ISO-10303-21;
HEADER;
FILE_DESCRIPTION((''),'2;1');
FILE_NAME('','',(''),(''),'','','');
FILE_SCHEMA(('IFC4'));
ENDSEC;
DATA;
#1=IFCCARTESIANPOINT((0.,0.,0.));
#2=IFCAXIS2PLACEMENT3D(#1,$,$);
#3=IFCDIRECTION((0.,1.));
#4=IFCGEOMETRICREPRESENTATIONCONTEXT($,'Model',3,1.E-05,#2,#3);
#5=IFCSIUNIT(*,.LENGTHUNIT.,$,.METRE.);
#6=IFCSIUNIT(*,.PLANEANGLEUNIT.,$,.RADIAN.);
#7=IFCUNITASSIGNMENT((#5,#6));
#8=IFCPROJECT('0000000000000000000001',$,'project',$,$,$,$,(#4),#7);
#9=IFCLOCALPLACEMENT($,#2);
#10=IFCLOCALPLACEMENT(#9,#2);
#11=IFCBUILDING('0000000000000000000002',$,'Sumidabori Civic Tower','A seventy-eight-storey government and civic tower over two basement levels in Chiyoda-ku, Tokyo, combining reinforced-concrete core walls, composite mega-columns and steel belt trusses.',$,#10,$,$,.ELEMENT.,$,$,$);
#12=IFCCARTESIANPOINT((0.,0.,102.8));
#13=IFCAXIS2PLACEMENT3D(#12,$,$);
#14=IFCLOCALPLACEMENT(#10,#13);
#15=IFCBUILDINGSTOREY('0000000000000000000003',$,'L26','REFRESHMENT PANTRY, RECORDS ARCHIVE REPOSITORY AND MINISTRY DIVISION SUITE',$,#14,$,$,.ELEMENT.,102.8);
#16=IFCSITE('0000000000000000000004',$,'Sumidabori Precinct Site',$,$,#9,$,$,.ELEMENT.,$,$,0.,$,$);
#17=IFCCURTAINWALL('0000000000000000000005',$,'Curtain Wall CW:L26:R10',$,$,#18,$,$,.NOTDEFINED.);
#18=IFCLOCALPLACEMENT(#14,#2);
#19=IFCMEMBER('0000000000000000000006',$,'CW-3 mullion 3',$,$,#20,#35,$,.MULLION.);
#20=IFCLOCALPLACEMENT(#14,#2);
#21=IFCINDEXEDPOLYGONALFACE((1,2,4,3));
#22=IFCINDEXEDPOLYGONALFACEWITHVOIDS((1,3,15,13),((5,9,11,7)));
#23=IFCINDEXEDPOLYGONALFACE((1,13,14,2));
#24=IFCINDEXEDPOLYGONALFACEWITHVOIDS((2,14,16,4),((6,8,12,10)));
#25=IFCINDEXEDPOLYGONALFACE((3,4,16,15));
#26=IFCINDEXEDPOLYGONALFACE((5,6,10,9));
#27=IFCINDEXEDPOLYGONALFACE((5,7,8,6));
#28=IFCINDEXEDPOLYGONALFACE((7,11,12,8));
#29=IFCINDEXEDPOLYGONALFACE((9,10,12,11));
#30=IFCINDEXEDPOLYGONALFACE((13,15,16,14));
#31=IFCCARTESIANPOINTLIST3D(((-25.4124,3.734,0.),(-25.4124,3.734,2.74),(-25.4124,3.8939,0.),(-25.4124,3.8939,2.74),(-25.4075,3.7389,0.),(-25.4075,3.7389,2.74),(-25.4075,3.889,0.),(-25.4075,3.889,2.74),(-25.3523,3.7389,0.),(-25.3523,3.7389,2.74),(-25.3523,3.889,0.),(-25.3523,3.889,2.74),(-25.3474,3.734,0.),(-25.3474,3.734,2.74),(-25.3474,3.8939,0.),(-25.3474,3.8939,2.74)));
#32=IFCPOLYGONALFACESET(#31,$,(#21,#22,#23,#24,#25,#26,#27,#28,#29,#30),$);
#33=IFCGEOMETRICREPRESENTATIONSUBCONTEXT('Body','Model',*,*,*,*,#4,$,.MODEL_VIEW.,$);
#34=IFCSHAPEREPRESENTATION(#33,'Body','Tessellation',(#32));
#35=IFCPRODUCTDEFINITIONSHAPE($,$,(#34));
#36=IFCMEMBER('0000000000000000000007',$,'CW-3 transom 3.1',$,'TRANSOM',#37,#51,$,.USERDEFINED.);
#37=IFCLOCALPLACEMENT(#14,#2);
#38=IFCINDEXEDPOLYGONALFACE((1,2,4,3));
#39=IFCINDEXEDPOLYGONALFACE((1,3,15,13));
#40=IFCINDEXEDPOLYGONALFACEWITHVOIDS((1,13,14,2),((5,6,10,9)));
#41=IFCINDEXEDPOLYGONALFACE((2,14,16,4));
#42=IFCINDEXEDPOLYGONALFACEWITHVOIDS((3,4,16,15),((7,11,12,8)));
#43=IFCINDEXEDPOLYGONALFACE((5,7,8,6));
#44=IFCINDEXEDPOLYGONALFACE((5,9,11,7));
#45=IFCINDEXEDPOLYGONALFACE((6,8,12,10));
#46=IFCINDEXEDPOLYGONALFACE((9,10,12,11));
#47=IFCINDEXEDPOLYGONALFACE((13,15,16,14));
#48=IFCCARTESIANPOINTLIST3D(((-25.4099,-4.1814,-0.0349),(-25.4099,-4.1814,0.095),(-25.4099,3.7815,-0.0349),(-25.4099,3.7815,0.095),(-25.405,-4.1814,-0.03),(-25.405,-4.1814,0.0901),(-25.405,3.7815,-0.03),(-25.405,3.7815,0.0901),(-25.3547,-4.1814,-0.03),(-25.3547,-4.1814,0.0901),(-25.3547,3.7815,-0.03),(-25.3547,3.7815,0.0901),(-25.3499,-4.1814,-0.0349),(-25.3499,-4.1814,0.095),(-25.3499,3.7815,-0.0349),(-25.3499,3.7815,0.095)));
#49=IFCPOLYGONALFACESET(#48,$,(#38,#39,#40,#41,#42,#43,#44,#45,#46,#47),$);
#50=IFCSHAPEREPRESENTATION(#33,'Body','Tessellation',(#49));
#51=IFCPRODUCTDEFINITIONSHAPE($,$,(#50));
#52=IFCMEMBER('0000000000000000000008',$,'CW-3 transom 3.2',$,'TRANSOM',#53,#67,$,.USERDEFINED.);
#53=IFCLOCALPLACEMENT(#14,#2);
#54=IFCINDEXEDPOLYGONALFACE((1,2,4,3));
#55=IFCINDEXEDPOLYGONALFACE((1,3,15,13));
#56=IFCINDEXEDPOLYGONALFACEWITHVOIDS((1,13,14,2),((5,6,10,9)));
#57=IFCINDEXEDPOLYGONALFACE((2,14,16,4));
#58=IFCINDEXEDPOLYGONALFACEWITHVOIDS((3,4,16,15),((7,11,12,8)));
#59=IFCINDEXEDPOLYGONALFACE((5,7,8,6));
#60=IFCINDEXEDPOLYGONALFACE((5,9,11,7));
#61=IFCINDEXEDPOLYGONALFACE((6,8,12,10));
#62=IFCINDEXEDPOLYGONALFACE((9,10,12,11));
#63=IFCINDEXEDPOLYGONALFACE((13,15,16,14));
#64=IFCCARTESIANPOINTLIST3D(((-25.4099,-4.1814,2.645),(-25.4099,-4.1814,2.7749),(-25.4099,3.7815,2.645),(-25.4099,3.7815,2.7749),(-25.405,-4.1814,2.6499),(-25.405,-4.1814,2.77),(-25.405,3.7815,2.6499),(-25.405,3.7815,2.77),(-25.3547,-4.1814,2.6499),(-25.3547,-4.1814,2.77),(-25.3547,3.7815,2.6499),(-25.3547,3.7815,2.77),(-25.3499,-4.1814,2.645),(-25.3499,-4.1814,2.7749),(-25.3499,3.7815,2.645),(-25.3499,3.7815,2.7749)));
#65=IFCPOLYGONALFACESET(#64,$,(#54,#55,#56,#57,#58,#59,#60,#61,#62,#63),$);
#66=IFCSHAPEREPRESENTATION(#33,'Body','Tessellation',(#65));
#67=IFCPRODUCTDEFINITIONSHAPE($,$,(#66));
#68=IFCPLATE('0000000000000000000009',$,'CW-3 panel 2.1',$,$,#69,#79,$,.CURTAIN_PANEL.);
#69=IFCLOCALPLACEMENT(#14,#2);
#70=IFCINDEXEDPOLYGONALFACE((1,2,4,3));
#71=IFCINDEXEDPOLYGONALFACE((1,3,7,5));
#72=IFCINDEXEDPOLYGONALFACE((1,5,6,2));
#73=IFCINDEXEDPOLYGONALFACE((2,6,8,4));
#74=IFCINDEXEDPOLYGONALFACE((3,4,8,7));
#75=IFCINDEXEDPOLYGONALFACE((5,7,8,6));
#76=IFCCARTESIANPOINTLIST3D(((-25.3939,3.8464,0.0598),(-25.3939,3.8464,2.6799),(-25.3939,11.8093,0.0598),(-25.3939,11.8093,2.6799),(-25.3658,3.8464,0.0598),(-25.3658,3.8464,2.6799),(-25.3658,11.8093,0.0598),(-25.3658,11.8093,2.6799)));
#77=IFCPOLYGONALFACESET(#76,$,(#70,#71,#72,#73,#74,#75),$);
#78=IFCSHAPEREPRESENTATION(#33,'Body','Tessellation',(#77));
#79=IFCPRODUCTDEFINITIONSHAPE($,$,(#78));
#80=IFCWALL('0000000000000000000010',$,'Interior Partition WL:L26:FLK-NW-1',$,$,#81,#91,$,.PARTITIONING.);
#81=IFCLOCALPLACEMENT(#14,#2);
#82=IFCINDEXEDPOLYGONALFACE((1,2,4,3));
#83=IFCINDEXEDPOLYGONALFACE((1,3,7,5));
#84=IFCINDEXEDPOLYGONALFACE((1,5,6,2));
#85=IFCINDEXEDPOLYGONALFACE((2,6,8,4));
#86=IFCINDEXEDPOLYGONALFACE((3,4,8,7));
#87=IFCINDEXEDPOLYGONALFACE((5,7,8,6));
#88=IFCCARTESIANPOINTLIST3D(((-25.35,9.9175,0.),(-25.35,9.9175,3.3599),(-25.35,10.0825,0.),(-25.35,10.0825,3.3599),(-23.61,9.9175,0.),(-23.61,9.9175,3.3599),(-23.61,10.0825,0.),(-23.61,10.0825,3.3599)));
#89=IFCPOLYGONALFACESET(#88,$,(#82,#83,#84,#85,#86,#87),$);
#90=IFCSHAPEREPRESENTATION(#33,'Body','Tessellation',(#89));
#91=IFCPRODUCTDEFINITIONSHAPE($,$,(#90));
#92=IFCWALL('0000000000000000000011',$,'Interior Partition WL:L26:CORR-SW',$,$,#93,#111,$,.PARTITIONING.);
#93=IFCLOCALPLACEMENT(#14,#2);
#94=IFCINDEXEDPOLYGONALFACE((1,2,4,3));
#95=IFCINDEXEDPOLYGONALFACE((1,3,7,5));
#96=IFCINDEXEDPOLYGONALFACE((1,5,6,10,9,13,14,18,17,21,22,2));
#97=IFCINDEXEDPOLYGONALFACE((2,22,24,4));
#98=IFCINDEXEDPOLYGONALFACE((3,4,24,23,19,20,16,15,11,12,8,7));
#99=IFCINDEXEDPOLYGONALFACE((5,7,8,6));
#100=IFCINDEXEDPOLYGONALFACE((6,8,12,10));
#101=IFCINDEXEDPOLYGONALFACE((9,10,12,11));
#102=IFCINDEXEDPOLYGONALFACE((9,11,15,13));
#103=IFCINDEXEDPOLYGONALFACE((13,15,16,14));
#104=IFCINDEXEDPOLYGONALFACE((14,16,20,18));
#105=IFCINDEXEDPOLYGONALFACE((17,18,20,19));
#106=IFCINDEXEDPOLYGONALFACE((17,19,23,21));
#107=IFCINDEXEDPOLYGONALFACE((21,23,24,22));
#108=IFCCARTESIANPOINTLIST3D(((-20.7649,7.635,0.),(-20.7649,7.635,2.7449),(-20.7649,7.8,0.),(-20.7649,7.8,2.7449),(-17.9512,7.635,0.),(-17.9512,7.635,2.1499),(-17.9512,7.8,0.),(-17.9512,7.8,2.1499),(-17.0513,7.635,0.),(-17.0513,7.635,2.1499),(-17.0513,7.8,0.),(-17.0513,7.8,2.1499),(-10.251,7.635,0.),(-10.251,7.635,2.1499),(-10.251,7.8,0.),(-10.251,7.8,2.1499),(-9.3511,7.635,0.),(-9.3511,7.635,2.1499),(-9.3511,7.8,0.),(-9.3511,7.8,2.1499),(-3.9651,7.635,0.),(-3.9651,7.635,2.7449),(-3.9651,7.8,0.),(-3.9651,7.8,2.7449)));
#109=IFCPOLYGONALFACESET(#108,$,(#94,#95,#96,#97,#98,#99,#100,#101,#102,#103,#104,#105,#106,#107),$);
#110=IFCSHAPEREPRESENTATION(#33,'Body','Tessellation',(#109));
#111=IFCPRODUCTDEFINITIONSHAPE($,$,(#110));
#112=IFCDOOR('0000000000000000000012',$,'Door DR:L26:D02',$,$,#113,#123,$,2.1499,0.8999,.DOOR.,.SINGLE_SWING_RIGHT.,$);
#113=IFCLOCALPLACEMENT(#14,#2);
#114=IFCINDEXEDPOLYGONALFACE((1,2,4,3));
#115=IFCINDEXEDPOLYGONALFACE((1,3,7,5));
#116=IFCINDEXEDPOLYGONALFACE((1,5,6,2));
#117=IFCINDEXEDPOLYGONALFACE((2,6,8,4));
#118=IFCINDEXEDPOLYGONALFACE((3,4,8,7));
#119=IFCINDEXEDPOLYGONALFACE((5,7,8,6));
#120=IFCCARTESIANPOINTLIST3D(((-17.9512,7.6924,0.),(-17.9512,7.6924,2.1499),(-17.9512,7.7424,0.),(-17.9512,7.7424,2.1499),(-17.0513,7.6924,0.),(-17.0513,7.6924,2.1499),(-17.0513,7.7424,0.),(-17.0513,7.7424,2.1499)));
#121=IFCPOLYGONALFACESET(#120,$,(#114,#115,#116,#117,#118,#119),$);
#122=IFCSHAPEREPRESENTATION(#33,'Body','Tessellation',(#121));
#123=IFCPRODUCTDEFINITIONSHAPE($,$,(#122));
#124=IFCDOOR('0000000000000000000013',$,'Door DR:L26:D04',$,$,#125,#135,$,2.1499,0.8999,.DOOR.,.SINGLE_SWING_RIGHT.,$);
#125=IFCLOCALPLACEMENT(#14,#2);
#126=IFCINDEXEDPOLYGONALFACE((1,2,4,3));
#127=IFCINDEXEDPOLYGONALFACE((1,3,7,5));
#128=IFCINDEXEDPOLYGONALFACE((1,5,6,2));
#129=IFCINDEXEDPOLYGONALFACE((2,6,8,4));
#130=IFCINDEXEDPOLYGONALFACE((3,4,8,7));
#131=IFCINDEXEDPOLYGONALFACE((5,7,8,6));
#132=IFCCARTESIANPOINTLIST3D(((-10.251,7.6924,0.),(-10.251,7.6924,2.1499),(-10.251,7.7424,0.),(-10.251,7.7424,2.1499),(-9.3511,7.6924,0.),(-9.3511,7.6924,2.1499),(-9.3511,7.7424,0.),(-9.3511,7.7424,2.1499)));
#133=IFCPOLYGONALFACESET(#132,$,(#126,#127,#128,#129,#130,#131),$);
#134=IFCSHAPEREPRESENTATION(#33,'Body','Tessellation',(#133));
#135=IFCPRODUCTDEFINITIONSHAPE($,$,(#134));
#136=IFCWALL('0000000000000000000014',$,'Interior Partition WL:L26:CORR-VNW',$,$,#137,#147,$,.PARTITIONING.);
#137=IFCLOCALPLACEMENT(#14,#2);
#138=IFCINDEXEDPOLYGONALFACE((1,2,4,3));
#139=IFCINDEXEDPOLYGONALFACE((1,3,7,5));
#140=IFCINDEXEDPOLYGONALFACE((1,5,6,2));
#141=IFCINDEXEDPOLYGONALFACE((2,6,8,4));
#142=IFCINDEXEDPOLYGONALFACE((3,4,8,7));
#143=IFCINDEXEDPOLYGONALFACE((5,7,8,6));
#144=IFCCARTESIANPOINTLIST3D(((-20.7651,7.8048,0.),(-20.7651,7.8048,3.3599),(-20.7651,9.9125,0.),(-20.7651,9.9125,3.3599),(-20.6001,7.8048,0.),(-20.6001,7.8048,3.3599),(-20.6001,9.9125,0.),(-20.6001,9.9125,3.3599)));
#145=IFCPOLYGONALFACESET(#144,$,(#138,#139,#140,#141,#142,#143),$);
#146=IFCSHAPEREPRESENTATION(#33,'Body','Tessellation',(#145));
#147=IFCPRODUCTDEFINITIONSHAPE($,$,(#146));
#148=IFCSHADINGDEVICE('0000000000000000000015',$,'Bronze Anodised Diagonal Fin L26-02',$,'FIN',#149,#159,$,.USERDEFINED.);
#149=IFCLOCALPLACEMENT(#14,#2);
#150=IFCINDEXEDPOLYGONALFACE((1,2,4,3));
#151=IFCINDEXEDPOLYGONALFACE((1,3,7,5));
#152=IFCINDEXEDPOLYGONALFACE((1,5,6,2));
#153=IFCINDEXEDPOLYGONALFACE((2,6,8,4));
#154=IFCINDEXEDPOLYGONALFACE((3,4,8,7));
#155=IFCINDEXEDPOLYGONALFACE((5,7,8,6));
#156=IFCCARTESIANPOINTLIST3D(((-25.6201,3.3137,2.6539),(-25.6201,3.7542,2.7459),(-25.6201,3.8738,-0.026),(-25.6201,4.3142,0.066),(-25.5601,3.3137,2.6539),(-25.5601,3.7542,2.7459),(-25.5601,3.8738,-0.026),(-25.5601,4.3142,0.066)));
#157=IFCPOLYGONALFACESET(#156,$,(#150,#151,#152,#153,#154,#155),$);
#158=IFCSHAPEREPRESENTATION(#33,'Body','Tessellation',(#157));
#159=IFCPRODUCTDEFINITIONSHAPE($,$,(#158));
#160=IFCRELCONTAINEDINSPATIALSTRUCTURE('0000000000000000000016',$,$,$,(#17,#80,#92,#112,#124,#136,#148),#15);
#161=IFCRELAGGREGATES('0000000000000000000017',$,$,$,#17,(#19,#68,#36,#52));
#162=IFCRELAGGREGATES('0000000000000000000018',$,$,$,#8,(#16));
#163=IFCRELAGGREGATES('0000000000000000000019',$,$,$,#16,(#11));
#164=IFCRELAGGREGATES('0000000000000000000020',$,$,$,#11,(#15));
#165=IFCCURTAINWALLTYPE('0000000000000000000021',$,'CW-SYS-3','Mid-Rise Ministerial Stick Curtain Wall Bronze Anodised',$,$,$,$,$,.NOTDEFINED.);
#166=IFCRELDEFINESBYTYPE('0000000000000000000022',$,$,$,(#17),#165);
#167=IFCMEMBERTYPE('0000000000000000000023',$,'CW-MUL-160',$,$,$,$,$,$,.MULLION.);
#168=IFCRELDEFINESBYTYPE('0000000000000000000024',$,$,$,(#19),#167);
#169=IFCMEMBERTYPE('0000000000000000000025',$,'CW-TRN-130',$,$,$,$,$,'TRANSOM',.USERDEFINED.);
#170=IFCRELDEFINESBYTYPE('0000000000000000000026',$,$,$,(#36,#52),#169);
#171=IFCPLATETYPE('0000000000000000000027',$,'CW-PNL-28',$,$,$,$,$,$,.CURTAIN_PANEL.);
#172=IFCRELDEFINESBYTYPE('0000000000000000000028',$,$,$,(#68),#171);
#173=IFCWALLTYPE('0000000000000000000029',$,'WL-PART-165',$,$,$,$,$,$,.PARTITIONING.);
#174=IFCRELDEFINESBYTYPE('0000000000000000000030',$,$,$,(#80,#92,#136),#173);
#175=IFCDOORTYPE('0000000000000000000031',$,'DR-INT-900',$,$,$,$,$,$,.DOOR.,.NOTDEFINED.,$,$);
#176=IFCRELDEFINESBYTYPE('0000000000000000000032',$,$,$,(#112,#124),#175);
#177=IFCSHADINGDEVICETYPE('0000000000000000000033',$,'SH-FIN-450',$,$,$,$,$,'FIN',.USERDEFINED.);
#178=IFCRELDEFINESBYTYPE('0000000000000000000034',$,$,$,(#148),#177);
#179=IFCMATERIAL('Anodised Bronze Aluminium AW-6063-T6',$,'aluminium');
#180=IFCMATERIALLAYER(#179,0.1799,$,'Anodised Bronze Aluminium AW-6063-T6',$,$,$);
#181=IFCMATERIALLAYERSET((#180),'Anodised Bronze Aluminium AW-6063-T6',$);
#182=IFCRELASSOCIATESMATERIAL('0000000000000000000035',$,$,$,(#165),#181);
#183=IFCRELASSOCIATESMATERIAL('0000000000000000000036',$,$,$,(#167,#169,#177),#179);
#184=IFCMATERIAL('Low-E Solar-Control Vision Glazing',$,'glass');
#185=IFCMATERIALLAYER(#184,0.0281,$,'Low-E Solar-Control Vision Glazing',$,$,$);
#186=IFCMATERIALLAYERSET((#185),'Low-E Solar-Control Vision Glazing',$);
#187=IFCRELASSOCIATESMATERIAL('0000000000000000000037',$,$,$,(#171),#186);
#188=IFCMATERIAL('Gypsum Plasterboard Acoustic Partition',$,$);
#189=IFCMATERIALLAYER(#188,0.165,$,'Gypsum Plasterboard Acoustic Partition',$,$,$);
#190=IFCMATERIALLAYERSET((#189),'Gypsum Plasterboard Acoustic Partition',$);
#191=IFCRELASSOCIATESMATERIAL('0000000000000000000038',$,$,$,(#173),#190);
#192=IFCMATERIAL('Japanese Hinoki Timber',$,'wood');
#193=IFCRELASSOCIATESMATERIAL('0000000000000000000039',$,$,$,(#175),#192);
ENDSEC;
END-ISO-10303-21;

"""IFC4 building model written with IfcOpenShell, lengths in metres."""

from ifc_helpers import new_model, si_unit, direction, frame, frame_2d, origin, origin_2d, place, context, subcontext, project, spatial, rectangle, hollow_rectangle, extrude, source, transform, mapped, material, layer, layer_set, material_profile, profile_set, type_object, element, fill, aggregate, save


model = new_model("IFC4")

# Units and contexts
model_context = context("Model", 3, precision=1e-05, world=origin(), true_north=direction((0.0, 1.0)))
body_context = subcontext(model_context, "Body", "Model", "MODEL_VIEW")
ifc_project = project(units=[si_unit("LENGTHUNIT", "METRE"), si_unit("PLANEANGLEUNIT", "RADIAN")], contexts=[model_context])

# Site, building, storey
site_placement = place(None, origin())
site = spatial("IfcSite", under=ifc_project, at=site_placement, Name="Sumidabori Precinct Site", CompositionType="ELEMENT", RefElevation=0.0)
building_placement = place(site_placement, origin())
building = spatial("IfcBuilding", under=site, at=building_placement, Name="Sumidabori Civic Tower", Description="A seventy-eight-storey government and civic tower over two basement levels in Chiyoda-ku, Tokyo, combining reinforced-concrete core walls, composite mega-columns and steel belt trusses.", CompositionType="ELEMENT")
storey_placement = place(building_placement, frame((0.0, 0.0, 102.8)))
storey = spatial("IfcBuildingStorey", under=building, at=storey_placement, Name="L26", Description="REFRESHMENT PANTRY, RECORDS ARCHIVE REPOSITORY AND MINISTRY DIVISION SUITE", CompositionType="ELEMENT", Elevation=102.8)

# Curtain wall, members, plate
ifc_material_1 = material(Name="Anodised Bronze Aluminium AW-6063-T6", Category="aluminium")
ifc_layer_1 = layer(ifc_material_1, 0.1799, Name="Anodised Bronze Aluminium AW-6063-T6")
ifc_layer_set_1 = layer_set([ifc_layer_1], Name="Anodised Bronze Aluminium AW-6063-T6")
curtain_wall_type = type_object("IfcCurtainWallType", Name="CW-SYS-3", Description="Mid-Rise Ministerial Stick Curtain Wall Bronze Anodised", PredefinedType="NOTDEFINED", material=ifc_layer_set_1)
curtain_wall_placement = place(storey_placement, origin())
curtain_wall = element("IfcCurtainWall", 1, at=curtain_wall_placement, inside=storey, type_object=curtain_wall_type, Name="Curtain Wall CW:L26:R10", PredefinedType="NOTDEFINED")
ifc_material_profile_1 = material_profile(ifc_material_1, hollow_rectangle(XDim=0.0649, YDim=0.1599, WallThickness=0.0049, at=origin_2d()), Name="ALU MULLION 160x65")
ifc_profile_set_1 = profile_set([ifc_material_profile_1], Name="Anodised Bronze Aluminium AW-6063-T6")
member_type_1 = type_object("IfcMemberType", Name="CW-MUL-160", PredefinedType="MULLION", material=ifc_profile_set_1)
shared_shape_1 = source(origin(), body_context, "Body", "SweptSolid", [
    extrude(hollow_rectangle(XDim=0.0649, YDim=0.1599, WallThickness=0.0049, at=origin_2d()), origin(), (0.0, 0.0, 1.0), 2.74),
])
member_1_placement = place(storey_placement, frame((-25.3799, 3.814, 0.0), z_axis=(0.0, 0.0, 1.0), x_axis=(1.0, 0.0, 0.0)))
member_1 = element("IfcMember", 2, at=member_1_placement, type_object=member_type_1, Name="CW-3 mullion 3", PredefinedType="MULLION", context=body_context, shape_type="MappedRepresentation", body=[
    mapped(shared_shape_1, transform((0.0, 0.0, 0.0), x_axis=(1.0, 0.0, 0.0), y_axis=(0.0, 1.0, 0.0), z_axis=(0.0, 0.0, 1.0), scale=1.0)),
])
ifc_material_profile_2 = material_profile(ifc_material_1, hollow_rectangle(XDim=0.0601, YDim=0.1299, WallThickness=0.0049, at=origin_2d()), Name="ALU TRANSOM 130x60")
ifc_profile_set_2 = profile_set([ifc_material_profile_2], Name="Anodised Bronze Aluminium AW-6063-T6")
member_type_2 = type_object("IfcMemberType", Name="CW-TRN-130", ElementType="TRANSOM", PredefinedType="USERDEFINED", material=ifc_profile_set_2)
shared_shape_2 = source(origin(), body_context, "Body", "SweptSolid", [
    extrude(hollow_rectangle(XDim=0.0601, YDim=0.1299, WallThickness=0.0049, at=origin_2d()), origin(), (0.0, 0.0, 1.0), 7.9629),
])
member_2_placement = place(storey_placement, frame((-25.3799, 3.7815, 0.03), z_axis=(0.0, -1.0, 0.0), x_axis=(1.0, 0.0, 0.0)))
member_2 = element("IfcMember", 3, at=member_2_placement, type_object=member_type_2, Name="CW-3 transom 3.1", ObjectType="TRANSOM", PredefinedType="USERDEFINED", context=body_context, shape_type="MappedRepresentation", body=[
    mapped(shared_shape_2, transform((0.0, 0.0, 0.0), x_axis=(1.0, 0.0, 0.0), y_axis=(0.0, 1.0, 0.0), z_axis=(0.0, 0.0, 1.0), scale=1.0)),
])
member_3_placement = place(storey_placement, frame((-25.3799, 3.7815, 2.71), z_axis=(0.0, -1.0, 0.0), x_axis=(1.0, 0.0, 0.0)))
member_3 = element("IfcMember", 4, at=member_3_placement, type_object=member_type_2, Name="CW-3 transom 3.2", ObjectType="TRANSOM", PredefinedType="USERDEFINED", context=body_context, shape_type="MappedRepresentation", body=[
    mapped(shared_shape_2, transform((0.0, 0.0, 0.0), x_axis=(1.0, 0.0, 0.0), y_axis=(0.0, 1.0, 0.0), z_axis=(0.0, 0.0, 1.0), scale=1.0)),
])
ifc_material_2 = material(Name="Low-E Solar-Control Vision Glazing", Category="glass")
ifc_layer_2 = layer(ifc_material_2, 0.0281, Name="Low-E Solar-Control Vision Glazing")
ifc_layer_set_2 = layer_set([ifc_layer_2], Name="Low-E Solar-Control Vision Glazing")
plate_type = type_object("IfcPlateType", Name="CW-PNL-28", PredefinedType="CURTAIN_PANEL", material=ifc_layer_set_2)
shared_shape_3 = source(origin(), body_context, "Body", "SweptSolid", [
    extrude(rectangle(XDim=7.9629, YDim=0.0281, at=origin_2d()), origin(), (0.0, 0.0, 1.0), 2.6201),
])
plate_placement = place(storey_placement, frame((-25.3799, 7.8279, 0.0598), z_axis=(0.0, 0.0, 1.0), x_axis=(0.0, -1.0, 0.0)))
plate = element("IfcPlate", 5, at=plate_placement, type_object=plate_type, Name="CW-3 panel 2.1", PredefinedType="CURTAIN_PANEL", context=body_context, shape_type="MappedRepresentation", body=[
    mapped(shared_shape_3, transform((0.0, 0.0, 0.0), x_axis=(1.0, 0.0, 0.0), y_axis=(0.0, 1.0, 0.0), z_axis=(0.0, 0.0, 1.0), scale=1.0)),
])
aggregate(curtain_wall, [member_1, plate, member_2, member_3])

# Wall
ifc_material_3 = material(Name="Gypsum Plasterboard Acoustic Partition")
ifc_layer_3 = layer(ifc_material_3, 0.165, Name="Gypsum Plasterboard Acoustic Partition")
ifc_layer_set_3 = layer_set([ifc_layer_3], Name="Gypsum Plasterboard Acoustic Partition")
wall_type_1 = type_object("IfcWallType", Name="WL-PART-165", PredefinedType="PARTITIONING", material=ifc_layer_set_3)
shared_shape_4 = source(origin(), body_context, "Body", "SweptSolid", [
    extrude(rectangle(XDim=1.74, YDim=0.165, at=frame_2d((0.8701, 0.0))), origin(), (0.0, 0.0, 1.0), 3.3599),
])
wall_1_placement = place(storey_placement, frame((-25.3501, 10.0, 0.0), z_axis=(0.0, 0.0, 1.0), x_axis=(1.0, 0.0, 0.0)))
element("IfcWall", 6, at=wall_1_placement, inside=storey, type_object=wall_type_1, Name="Interior Partition WL:L26:FLK-NW-1", PredefinedType="PARTITIONING", context=body_context, shape_type="MappedRepresentation", body=[
    mapped(shared_shape_4, transform((0.0, 0.0, 0.0), x_axis=(1.0, 0.0, 0.0), y_axis=(0.0, 1.0, 0.0), z_axis=(0.0, 0.0, 1.0), scale=1.0)),
])

# Shared definitions
ifc_material_4 = material(Name="Japanese Hinoki Timber", Category="wood")
door_type_1 = type_object("IfcDoorType", Name="DR-INT-900", OperationType="NOTDEFINED", PredefinedType="DOOR", material=ifc_material_4)
shared_shape_5 = source(origin(), body_context, "Body", "SweptSolid", [
    extrude(rectangle(XDim=0.8999, YDim=2.1499, at=frame_2d((0.45, 1.075))), frame((0.0, 0.0249, 0.0), z_axis=(0.0, -1.0, 0.0), x_axis=(1.0, 0.0, 0.0)), (0.0, 0.0, 1.0), 0.05),
])

# Wall, openings, doors
shared_shape_6 = source(origin(), body_context, "Body", "SweptSolid", [
    extrude(rectangle(XDim=16.7998, YDim=0.165, at=frame_2d((8.3999, 0.0))), origin(), (0.0, 0.0, 1.0), 2.7449),
])
wall_2_placement = place(storey_placement, frame((-20.7649, 7.7175, 0.0), z_axis=(0.0, 0.0, 1.0), x_axis=(1.0, 0.0, 0.0)))
wall_2 = element("IfcWall", 7, at=wall_2_placement, inside=storey, type_object=wall_type_1, Name="Interior Partition WL:L26:CORR-SW", PredefinedType="PARTITIONING", context=body_context, shape_type="MappedRepresentation", body=[
    mapped(shared_shape_6, transform((0.0, 0.0, 0.0), x_axis=(1.0, 0.0, 0.0), y_axis=(0.0, 1.0, 0.0), z_axis=(0.0, 0.0, 1.0), scale=1.0)),
])
opening_1_placement = place(wall_2_placement, frame((2.8137, 0.0, 0.0)))
opening_1 = element("IfcOpeningElement", 8, at=opening_1_placement, cuts=wall_2, PredefinedType="OPENING", context=body_context, shape_type="SweptSolid", body=[
    extrude(rectangle(XDim=0.8999, YDim=2.1499, at=frame_2d((0.45, 1.075))), frame((0.0, 0.0945, 0.0), z_axis=(0.0, -1.0, 0.0), x_axis=(1.0, 0.0, 0.0)), (0.0, 0.0, 1.0), 0.189),
])
opening_2_placement = place(wall_2_placement, frame((10.5139, 0.0, 0.0)))
opening_2 = element("IfcOpeningElement", 9, at=opening_2_placement, cuts=wall_2, PredefinedType="OPENING", context=body_context, shape_type="SweptSolid", body=[
    extrude(rectangle(XDim=0.8999, YDim=2.1499, at=frame_2d((0.45, 1.075))), frame((0.0, 0.0945, 0.0), z_axis=(0.0, -1.0, 0.0), x_axis=(1.0, 0.0, 0.0)), (0.0, 0.0, 1.0), 0.189),
])
door_1_placement = place(opening_1_placement, origin())
door_1 = element("IfcDoor", 10, at=door_1_placement, inside=storey, type_object=door_type_1, Name="Door DR:L26:D02", OperationType="SINGLE_SWING_RIGHT", OverallHeight=2.1499, OverallWidth=0.8999, PredefinedType="DOOR", context=body_context, shape_type="MappedRepresentation", body=[
    mapped(shared_shape_5, transform((0.0, 0.0, 0.0), x_axis=(1.0, 0.0, 0.0), y_axis=(0.0, 1.0, 0.0), z_axis=(0.0, 0.0, 1.0), scale=1.0)),
])
fill(opening_1, door_1)
door_2_placement = place(opening_2_placement, origin())
door_2 = element("IfcDoor", 11, at=door_2_placement, inside=storey, type_object=door_type_1, Name="Door DR:L26:D04", OperationType="SINGLE_SWING_RIGHT", OverallHeight=2.1499, OverallWidth=0.8999, PredefinedType="DOOR", context=body_context, shape_type="MappedRepresentation", body=[
    mapped(shared_shape_5, transform((0.0, 0.0, 0.0), x_axis=(1.0, 0.0, 0.0), y_axis=(0.0, 1.0, 0.0), z_axis=(0.0, 0.0, 1.0), scale=1.0)),
])
fill(opening_2, door_2)

# Wall
shared_shape_7 = source(origin(), body_context, "Body", "SweptSolid", [
    extrude(rectangle(XDim=2.1077, YDim=0.165, at=frame_2d((1.0537, 0.0))), origin(), (0.0, 0.0, 1.0), 3.3599),
])
wall_3_placement = place(storey_placement, frame((-20.6826, 7.8049, 0.0), z_axis=(0.0, 0.0, 1.0), x_axis=(0.0, 1.0, 0.0)))
element("IfcWall", 12, at=wall_3_placement, inside=storey, type_object=wall_type_1, Name="Interior Partition WL:L26:CORR-VNW", PredefinedType="PARTITIONING", context=body_context, shape_type="MappedRepresentation", body=[
    mapped(shared_shape_7, transform((0.0, 0.0, 0.0), x_axis=(1.0, 0.0, 0.0), y_axis=(0.0, 1.0, 0.0), z_axis=(0.0, 0.0, 1.0), scale=1.0)),
])

# Shading device
ifc_material_profile_3 = material_profile(ifc_material_1, rectangle(XDim=0.0601, YDim=0.45, at=origin_2d()), Name="BRONZE FIN 450x60")
ifc_profile_set_3 = profile_set([ifc_material_profile_3], Name="Anodised Bronze Aluminium AW-6063-T6")
shading_device_type = type_object("IfcShadingDeviceType", Name="SH-FIN-450", ElementType="FIN", PredefinedType="USERDEFINED", material=ifc_profile_set_3)
shared_shape_8 = source(origin(), body_context, "Body", "SweptSolid", [
    extrude(rectangle(XDim=0.0601, YDim=0.45, at=origin_2d()), origin(), (0.0, 0.0, 1.0), 2.7378),
])
shading_device_placement = place(storey_placement, frame((-25.5901, 4.094, 0.02), z_axis=(0.0, -0.204563, 0.978853), x_axis=(-1.0, 0.0, 0.0)))
element("IfcShadingDevice", 13, at=shading_device_placement, inside=storey, type_object=shading_device_type, Name="Bronze Anodised Diagonal Fin L26-02", ObjectType="FIN", PredefinedType="USERDEFINED", context=body_context, shape_type="MappedRepresentation", body=[
    mapped(shared_shape_8, transform((0.0, 0.0, 0.0), x_axis=(1.0, 0.0, 0.0), y_axis=(0.0, 1.0, 0.0), z_axis=(0.0, 0.0, 1.0), scale=1.0)),
])

save(model, "model.ifc")
